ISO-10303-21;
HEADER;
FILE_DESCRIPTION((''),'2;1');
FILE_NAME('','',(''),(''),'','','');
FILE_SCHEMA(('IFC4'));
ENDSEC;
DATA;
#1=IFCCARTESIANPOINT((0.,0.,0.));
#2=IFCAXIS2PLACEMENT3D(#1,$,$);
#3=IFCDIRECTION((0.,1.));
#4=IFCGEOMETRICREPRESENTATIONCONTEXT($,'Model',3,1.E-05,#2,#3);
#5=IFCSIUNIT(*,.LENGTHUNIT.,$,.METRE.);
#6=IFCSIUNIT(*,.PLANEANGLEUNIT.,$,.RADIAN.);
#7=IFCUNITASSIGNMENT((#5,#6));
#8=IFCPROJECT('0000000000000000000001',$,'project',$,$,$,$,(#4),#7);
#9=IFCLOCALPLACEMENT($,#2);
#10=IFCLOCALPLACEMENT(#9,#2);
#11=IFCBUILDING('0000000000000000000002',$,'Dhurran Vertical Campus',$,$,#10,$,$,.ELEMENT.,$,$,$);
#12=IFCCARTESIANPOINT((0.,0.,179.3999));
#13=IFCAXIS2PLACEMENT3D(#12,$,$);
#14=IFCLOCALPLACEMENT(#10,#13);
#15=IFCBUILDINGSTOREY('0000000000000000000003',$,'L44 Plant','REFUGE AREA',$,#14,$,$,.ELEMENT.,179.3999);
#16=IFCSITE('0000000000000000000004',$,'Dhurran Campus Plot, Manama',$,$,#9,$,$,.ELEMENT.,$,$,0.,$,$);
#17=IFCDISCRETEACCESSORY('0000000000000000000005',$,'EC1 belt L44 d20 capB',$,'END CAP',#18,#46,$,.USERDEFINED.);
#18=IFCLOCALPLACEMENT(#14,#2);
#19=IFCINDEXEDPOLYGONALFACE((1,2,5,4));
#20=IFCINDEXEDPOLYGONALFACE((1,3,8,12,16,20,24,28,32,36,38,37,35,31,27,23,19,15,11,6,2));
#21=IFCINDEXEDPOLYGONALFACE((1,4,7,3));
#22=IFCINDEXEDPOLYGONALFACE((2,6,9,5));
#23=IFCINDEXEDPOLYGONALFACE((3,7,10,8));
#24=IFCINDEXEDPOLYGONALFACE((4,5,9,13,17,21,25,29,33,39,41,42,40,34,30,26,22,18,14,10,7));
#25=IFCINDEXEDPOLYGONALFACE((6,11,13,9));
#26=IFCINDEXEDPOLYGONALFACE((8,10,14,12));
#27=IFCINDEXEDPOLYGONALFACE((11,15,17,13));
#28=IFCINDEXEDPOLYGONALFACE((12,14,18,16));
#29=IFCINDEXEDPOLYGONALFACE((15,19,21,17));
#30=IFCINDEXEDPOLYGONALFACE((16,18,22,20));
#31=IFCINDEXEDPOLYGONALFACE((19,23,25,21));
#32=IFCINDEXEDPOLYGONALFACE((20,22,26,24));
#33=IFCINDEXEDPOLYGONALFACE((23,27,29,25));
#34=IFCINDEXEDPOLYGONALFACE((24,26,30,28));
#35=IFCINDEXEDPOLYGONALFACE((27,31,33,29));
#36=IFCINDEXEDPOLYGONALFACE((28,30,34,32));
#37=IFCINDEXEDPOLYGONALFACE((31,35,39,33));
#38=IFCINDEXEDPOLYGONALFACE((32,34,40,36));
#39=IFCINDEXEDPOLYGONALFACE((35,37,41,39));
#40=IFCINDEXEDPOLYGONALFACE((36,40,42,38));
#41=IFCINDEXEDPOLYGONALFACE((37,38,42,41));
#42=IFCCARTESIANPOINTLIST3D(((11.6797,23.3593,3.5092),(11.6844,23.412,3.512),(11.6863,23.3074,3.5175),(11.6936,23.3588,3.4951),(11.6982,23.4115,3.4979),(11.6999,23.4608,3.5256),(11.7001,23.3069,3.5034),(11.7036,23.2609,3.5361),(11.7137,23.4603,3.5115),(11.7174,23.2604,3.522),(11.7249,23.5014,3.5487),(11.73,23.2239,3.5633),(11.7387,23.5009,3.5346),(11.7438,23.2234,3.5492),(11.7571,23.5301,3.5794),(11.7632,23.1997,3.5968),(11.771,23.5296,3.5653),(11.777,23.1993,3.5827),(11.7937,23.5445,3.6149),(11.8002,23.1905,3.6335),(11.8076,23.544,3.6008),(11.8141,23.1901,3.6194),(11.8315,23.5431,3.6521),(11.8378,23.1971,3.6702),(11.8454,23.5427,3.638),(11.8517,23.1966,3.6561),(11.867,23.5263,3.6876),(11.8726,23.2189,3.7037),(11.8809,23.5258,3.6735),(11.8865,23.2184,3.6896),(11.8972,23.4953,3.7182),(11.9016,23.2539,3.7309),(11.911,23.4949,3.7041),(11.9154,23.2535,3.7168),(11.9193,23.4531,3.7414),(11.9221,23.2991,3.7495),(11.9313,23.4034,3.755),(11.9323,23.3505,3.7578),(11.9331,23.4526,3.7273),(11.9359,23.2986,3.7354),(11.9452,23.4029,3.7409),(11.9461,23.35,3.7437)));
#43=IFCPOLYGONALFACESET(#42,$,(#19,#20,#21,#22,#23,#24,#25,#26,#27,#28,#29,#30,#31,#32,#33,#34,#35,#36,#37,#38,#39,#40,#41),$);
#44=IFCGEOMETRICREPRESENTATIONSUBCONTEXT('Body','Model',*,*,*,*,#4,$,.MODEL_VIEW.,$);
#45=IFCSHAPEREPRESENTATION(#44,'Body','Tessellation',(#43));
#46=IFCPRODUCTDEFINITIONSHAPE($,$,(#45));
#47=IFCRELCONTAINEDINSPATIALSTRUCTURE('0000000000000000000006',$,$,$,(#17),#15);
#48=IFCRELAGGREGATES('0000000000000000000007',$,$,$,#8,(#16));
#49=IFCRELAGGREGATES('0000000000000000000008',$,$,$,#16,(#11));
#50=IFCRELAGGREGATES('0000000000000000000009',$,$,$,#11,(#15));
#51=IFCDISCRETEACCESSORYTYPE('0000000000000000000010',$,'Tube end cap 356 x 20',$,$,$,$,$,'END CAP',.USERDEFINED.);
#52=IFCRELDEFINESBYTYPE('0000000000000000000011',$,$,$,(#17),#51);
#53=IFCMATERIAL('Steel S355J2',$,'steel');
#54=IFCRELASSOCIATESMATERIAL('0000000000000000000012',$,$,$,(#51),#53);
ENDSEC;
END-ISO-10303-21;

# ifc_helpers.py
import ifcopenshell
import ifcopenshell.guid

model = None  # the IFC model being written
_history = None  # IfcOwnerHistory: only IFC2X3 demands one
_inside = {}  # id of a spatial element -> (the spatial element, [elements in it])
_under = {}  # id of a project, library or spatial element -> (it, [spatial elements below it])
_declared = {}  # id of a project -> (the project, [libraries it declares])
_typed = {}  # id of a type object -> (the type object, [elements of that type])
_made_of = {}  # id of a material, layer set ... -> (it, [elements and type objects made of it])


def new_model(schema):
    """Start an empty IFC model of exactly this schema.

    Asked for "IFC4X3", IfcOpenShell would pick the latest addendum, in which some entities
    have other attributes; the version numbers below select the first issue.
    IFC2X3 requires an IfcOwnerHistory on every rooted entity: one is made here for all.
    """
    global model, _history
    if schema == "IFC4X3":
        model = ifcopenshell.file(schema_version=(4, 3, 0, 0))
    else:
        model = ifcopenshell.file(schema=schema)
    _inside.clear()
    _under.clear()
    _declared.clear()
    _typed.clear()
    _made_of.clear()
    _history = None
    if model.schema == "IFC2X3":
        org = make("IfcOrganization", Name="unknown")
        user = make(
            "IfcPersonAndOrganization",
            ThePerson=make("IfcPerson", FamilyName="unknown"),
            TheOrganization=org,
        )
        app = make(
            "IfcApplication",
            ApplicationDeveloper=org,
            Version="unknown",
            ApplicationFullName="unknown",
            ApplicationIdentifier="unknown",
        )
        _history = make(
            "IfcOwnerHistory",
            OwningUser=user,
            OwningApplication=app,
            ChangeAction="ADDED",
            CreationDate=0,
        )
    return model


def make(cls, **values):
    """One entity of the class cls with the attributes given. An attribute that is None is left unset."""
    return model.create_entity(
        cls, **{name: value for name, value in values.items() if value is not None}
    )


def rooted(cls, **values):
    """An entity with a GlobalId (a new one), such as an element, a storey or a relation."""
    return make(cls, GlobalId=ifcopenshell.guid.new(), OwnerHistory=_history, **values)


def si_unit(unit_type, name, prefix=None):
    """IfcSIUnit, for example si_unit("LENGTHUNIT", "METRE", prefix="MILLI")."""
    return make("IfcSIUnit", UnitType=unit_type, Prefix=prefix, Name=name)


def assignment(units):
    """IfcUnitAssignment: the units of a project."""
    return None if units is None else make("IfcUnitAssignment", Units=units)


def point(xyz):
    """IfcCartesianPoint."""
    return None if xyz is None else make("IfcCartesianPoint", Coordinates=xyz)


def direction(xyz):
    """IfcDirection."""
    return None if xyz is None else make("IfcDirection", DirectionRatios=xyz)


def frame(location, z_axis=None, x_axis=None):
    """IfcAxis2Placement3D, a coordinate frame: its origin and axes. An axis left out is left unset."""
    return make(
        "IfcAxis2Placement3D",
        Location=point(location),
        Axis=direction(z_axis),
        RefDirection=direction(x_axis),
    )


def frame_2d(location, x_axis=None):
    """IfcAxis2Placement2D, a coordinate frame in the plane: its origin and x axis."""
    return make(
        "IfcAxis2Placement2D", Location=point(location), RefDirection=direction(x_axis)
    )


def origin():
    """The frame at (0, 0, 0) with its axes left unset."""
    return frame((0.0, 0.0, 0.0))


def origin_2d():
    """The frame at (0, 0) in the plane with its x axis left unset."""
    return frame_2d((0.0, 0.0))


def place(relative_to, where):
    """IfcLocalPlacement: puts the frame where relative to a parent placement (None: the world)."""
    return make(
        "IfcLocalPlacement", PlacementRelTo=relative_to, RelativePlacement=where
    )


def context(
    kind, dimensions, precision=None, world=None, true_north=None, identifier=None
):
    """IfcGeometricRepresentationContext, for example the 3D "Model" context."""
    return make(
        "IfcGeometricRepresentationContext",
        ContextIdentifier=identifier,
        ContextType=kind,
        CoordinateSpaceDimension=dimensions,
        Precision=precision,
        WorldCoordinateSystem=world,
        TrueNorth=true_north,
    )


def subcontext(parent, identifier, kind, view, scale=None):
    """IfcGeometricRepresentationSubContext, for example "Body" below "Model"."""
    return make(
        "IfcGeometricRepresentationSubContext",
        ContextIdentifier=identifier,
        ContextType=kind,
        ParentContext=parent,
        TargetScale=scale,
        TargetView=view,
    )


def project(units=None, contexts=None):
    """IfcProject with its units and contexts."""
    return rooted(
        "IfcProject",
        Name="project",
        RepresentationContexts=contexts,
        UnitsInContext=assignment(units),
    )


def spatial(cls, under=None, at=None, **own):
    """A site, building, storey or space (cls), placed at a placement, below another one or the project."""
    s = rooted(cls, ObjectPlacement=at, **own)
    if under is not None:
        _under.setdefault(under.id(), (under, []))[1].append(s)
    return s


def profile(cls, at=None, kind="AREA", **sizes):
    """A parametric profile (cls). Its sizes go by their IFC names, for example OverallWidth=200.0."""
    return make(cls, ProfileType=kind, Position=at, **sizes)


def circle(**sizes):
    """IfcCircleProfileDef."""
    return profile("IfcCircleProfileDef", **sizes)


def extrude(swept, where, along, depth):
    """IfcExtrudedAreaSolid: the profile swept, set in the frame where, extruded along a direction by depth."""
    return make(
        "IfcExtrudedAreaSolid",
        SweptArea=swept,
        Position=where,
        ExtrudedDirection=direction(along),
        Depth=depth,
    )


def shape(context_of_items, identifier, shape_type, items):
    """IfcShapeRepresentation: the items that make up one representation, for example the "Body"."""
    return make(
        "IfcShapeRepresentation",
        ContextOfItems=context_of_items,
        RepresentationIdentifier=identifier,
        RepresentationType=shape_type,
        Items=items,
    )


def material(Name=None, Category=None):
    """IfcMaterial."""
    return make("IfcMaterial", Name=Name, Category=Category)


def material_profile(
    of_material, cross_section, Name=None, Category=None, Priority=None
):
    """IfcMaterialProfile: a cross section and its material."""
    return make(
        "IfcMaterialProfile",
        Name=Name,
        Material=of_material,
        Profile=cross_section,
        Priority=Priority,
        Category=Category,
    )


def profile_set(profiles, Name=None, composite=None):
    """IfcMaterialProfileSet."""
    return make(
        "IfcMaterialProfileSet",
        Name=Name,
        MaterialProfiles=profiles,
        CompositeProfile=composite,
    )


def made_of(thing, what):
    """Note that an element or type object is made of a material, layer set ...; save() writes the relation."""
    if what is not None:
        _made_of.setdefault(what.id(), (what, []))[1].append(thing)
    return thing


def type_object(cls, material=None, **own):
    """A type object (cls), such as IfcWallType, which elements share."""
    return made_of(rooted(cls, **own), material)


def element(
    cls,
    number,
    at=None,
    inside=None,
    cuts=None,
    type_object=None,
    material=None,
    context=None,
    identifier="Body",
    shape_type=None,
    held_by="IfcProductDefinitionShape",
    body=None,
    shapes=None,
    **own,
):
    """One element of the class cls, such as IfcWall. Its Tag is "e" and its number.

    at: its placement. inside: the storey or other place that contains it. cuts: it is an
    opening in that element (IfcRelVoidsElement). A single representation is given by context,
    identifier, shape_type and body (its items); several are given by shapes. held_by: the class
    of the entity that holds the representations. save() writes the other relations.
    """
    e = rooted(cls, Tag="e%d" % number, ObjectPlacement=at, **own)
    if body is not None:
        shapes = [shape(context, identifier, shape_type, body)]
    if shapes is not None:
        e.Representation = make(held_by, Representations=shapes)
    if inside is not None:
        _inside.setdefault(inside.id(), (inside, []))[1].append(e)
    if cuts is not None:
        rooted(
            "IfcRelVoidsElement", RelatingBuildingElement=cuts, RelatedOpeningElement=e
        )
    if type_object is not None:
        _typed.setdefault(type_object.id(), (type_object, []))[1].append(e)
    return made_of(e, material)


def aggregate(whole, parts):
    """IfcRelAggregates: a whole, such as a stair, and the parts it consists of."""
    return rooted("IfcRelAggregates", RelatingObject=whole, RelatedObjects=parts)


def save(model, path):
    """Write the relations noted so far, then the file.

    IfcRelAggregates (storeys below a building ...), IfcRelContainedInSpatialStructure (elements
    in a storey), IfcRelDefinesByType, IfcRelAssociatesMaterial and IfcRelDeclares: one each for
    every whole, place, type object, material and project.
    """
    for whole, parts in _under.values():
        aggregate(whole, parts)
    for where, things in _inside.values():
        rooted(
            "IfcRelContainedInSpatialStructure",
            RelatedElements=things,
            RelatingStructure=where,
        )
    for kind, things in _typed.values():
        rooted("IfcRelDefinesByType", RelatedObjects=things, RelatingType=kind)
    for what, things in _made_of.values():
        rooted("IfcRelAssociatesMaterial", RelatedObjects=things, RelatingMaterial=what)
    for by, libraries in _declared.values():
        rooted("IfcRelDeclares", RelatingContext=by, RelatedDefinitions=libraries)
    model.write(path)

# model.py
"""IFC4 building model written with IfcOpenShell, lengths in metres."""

from ifc_helpers import new_model, si_unit, direction, frame, origin, origin_2d, place, context, subcontext, project, spatial, circle, extrude, material, material_profile, profile_set, type_object, element, save


model = new_model("IFC4")

# Units and contexts
model_context = context("Model", 3, precision=1e-05, world=origin(), true_north=direction((0.0, 1.0)))
body_context = subcontext(model_context, "Body", "Model", "MODEL_VIEW")
ifc_project = project(units=[si_unit("LENGTHUNIT", "METRE"), si_unit("PLANEANGLEUNIT", "RADIAN")], contexts=[model_context])

# Site, building, storey
site_placement = place(None, origin())
site = spatial("IfcSite", under=ifc_project, at=site_placement, Name="Dhurran Campus Plot, Manama", CompositionType="ELEMENT", RefElevation=0.0)
building_placement = place(site_placement, origin())
building = spatial("IfcBuilding", under=site, at=building_placement, Name="Dhurran Vertical Campus", CompositionType="ELEMENT")
storey_placement = place(building_placement, frame((0.0, 0.0, 179.3999)))
storey = spatial("IfcBuildingStorey", under=building, at=storey_placement, Name="L44 Plant", Description="REFUGE AREA", CompositionType="ELEMENT", Elevation=179.3999)

# Discrete accessory
ifc_material_1 = material(Name="Steel S355J2", Category="steel")
ifc_material_profile_1 = material_profile(ifc_material_1, circle(Radius=0.1777, at=origin_2d()), Name="Tube end cap 356 x 20")
ifc_profile_set_1 = profile_set([ifc_material_profile_1], Name="Steel S355J2")
discrete_accessory_type = type_object("IfcDiscreteAccessoryType", Name="Tube end cap 356 x 20", ElementType="END CAP", PredefinedType="USERDEFINED", material=ifc_profile_set_1)
discrete_accessory_placement = place(storey_placement, frame((11.8203, 23.3677, 3.6194), z_axis=(-0.70072, 0.024587, 0.713013), x_axis=(-0.035066, -0.999385, 0.0)))
element("IfcDiscreteAccessory", 1, at=discrete_accessory_placement, inside=storey, type_object=discrete_accessory_type, Name="EC1 belt L44 d20 capB", ObjectType="END CAP", PredefinedType="USERDEFINED", context=body_context, shape_type="SweptSolid", body=[
    extrude(circle(Radius=0.1777, at=origin_2d()), origin(), (0.0, 0.0, 1.0), 0.0198),
])

save(model, "model.ifc")
